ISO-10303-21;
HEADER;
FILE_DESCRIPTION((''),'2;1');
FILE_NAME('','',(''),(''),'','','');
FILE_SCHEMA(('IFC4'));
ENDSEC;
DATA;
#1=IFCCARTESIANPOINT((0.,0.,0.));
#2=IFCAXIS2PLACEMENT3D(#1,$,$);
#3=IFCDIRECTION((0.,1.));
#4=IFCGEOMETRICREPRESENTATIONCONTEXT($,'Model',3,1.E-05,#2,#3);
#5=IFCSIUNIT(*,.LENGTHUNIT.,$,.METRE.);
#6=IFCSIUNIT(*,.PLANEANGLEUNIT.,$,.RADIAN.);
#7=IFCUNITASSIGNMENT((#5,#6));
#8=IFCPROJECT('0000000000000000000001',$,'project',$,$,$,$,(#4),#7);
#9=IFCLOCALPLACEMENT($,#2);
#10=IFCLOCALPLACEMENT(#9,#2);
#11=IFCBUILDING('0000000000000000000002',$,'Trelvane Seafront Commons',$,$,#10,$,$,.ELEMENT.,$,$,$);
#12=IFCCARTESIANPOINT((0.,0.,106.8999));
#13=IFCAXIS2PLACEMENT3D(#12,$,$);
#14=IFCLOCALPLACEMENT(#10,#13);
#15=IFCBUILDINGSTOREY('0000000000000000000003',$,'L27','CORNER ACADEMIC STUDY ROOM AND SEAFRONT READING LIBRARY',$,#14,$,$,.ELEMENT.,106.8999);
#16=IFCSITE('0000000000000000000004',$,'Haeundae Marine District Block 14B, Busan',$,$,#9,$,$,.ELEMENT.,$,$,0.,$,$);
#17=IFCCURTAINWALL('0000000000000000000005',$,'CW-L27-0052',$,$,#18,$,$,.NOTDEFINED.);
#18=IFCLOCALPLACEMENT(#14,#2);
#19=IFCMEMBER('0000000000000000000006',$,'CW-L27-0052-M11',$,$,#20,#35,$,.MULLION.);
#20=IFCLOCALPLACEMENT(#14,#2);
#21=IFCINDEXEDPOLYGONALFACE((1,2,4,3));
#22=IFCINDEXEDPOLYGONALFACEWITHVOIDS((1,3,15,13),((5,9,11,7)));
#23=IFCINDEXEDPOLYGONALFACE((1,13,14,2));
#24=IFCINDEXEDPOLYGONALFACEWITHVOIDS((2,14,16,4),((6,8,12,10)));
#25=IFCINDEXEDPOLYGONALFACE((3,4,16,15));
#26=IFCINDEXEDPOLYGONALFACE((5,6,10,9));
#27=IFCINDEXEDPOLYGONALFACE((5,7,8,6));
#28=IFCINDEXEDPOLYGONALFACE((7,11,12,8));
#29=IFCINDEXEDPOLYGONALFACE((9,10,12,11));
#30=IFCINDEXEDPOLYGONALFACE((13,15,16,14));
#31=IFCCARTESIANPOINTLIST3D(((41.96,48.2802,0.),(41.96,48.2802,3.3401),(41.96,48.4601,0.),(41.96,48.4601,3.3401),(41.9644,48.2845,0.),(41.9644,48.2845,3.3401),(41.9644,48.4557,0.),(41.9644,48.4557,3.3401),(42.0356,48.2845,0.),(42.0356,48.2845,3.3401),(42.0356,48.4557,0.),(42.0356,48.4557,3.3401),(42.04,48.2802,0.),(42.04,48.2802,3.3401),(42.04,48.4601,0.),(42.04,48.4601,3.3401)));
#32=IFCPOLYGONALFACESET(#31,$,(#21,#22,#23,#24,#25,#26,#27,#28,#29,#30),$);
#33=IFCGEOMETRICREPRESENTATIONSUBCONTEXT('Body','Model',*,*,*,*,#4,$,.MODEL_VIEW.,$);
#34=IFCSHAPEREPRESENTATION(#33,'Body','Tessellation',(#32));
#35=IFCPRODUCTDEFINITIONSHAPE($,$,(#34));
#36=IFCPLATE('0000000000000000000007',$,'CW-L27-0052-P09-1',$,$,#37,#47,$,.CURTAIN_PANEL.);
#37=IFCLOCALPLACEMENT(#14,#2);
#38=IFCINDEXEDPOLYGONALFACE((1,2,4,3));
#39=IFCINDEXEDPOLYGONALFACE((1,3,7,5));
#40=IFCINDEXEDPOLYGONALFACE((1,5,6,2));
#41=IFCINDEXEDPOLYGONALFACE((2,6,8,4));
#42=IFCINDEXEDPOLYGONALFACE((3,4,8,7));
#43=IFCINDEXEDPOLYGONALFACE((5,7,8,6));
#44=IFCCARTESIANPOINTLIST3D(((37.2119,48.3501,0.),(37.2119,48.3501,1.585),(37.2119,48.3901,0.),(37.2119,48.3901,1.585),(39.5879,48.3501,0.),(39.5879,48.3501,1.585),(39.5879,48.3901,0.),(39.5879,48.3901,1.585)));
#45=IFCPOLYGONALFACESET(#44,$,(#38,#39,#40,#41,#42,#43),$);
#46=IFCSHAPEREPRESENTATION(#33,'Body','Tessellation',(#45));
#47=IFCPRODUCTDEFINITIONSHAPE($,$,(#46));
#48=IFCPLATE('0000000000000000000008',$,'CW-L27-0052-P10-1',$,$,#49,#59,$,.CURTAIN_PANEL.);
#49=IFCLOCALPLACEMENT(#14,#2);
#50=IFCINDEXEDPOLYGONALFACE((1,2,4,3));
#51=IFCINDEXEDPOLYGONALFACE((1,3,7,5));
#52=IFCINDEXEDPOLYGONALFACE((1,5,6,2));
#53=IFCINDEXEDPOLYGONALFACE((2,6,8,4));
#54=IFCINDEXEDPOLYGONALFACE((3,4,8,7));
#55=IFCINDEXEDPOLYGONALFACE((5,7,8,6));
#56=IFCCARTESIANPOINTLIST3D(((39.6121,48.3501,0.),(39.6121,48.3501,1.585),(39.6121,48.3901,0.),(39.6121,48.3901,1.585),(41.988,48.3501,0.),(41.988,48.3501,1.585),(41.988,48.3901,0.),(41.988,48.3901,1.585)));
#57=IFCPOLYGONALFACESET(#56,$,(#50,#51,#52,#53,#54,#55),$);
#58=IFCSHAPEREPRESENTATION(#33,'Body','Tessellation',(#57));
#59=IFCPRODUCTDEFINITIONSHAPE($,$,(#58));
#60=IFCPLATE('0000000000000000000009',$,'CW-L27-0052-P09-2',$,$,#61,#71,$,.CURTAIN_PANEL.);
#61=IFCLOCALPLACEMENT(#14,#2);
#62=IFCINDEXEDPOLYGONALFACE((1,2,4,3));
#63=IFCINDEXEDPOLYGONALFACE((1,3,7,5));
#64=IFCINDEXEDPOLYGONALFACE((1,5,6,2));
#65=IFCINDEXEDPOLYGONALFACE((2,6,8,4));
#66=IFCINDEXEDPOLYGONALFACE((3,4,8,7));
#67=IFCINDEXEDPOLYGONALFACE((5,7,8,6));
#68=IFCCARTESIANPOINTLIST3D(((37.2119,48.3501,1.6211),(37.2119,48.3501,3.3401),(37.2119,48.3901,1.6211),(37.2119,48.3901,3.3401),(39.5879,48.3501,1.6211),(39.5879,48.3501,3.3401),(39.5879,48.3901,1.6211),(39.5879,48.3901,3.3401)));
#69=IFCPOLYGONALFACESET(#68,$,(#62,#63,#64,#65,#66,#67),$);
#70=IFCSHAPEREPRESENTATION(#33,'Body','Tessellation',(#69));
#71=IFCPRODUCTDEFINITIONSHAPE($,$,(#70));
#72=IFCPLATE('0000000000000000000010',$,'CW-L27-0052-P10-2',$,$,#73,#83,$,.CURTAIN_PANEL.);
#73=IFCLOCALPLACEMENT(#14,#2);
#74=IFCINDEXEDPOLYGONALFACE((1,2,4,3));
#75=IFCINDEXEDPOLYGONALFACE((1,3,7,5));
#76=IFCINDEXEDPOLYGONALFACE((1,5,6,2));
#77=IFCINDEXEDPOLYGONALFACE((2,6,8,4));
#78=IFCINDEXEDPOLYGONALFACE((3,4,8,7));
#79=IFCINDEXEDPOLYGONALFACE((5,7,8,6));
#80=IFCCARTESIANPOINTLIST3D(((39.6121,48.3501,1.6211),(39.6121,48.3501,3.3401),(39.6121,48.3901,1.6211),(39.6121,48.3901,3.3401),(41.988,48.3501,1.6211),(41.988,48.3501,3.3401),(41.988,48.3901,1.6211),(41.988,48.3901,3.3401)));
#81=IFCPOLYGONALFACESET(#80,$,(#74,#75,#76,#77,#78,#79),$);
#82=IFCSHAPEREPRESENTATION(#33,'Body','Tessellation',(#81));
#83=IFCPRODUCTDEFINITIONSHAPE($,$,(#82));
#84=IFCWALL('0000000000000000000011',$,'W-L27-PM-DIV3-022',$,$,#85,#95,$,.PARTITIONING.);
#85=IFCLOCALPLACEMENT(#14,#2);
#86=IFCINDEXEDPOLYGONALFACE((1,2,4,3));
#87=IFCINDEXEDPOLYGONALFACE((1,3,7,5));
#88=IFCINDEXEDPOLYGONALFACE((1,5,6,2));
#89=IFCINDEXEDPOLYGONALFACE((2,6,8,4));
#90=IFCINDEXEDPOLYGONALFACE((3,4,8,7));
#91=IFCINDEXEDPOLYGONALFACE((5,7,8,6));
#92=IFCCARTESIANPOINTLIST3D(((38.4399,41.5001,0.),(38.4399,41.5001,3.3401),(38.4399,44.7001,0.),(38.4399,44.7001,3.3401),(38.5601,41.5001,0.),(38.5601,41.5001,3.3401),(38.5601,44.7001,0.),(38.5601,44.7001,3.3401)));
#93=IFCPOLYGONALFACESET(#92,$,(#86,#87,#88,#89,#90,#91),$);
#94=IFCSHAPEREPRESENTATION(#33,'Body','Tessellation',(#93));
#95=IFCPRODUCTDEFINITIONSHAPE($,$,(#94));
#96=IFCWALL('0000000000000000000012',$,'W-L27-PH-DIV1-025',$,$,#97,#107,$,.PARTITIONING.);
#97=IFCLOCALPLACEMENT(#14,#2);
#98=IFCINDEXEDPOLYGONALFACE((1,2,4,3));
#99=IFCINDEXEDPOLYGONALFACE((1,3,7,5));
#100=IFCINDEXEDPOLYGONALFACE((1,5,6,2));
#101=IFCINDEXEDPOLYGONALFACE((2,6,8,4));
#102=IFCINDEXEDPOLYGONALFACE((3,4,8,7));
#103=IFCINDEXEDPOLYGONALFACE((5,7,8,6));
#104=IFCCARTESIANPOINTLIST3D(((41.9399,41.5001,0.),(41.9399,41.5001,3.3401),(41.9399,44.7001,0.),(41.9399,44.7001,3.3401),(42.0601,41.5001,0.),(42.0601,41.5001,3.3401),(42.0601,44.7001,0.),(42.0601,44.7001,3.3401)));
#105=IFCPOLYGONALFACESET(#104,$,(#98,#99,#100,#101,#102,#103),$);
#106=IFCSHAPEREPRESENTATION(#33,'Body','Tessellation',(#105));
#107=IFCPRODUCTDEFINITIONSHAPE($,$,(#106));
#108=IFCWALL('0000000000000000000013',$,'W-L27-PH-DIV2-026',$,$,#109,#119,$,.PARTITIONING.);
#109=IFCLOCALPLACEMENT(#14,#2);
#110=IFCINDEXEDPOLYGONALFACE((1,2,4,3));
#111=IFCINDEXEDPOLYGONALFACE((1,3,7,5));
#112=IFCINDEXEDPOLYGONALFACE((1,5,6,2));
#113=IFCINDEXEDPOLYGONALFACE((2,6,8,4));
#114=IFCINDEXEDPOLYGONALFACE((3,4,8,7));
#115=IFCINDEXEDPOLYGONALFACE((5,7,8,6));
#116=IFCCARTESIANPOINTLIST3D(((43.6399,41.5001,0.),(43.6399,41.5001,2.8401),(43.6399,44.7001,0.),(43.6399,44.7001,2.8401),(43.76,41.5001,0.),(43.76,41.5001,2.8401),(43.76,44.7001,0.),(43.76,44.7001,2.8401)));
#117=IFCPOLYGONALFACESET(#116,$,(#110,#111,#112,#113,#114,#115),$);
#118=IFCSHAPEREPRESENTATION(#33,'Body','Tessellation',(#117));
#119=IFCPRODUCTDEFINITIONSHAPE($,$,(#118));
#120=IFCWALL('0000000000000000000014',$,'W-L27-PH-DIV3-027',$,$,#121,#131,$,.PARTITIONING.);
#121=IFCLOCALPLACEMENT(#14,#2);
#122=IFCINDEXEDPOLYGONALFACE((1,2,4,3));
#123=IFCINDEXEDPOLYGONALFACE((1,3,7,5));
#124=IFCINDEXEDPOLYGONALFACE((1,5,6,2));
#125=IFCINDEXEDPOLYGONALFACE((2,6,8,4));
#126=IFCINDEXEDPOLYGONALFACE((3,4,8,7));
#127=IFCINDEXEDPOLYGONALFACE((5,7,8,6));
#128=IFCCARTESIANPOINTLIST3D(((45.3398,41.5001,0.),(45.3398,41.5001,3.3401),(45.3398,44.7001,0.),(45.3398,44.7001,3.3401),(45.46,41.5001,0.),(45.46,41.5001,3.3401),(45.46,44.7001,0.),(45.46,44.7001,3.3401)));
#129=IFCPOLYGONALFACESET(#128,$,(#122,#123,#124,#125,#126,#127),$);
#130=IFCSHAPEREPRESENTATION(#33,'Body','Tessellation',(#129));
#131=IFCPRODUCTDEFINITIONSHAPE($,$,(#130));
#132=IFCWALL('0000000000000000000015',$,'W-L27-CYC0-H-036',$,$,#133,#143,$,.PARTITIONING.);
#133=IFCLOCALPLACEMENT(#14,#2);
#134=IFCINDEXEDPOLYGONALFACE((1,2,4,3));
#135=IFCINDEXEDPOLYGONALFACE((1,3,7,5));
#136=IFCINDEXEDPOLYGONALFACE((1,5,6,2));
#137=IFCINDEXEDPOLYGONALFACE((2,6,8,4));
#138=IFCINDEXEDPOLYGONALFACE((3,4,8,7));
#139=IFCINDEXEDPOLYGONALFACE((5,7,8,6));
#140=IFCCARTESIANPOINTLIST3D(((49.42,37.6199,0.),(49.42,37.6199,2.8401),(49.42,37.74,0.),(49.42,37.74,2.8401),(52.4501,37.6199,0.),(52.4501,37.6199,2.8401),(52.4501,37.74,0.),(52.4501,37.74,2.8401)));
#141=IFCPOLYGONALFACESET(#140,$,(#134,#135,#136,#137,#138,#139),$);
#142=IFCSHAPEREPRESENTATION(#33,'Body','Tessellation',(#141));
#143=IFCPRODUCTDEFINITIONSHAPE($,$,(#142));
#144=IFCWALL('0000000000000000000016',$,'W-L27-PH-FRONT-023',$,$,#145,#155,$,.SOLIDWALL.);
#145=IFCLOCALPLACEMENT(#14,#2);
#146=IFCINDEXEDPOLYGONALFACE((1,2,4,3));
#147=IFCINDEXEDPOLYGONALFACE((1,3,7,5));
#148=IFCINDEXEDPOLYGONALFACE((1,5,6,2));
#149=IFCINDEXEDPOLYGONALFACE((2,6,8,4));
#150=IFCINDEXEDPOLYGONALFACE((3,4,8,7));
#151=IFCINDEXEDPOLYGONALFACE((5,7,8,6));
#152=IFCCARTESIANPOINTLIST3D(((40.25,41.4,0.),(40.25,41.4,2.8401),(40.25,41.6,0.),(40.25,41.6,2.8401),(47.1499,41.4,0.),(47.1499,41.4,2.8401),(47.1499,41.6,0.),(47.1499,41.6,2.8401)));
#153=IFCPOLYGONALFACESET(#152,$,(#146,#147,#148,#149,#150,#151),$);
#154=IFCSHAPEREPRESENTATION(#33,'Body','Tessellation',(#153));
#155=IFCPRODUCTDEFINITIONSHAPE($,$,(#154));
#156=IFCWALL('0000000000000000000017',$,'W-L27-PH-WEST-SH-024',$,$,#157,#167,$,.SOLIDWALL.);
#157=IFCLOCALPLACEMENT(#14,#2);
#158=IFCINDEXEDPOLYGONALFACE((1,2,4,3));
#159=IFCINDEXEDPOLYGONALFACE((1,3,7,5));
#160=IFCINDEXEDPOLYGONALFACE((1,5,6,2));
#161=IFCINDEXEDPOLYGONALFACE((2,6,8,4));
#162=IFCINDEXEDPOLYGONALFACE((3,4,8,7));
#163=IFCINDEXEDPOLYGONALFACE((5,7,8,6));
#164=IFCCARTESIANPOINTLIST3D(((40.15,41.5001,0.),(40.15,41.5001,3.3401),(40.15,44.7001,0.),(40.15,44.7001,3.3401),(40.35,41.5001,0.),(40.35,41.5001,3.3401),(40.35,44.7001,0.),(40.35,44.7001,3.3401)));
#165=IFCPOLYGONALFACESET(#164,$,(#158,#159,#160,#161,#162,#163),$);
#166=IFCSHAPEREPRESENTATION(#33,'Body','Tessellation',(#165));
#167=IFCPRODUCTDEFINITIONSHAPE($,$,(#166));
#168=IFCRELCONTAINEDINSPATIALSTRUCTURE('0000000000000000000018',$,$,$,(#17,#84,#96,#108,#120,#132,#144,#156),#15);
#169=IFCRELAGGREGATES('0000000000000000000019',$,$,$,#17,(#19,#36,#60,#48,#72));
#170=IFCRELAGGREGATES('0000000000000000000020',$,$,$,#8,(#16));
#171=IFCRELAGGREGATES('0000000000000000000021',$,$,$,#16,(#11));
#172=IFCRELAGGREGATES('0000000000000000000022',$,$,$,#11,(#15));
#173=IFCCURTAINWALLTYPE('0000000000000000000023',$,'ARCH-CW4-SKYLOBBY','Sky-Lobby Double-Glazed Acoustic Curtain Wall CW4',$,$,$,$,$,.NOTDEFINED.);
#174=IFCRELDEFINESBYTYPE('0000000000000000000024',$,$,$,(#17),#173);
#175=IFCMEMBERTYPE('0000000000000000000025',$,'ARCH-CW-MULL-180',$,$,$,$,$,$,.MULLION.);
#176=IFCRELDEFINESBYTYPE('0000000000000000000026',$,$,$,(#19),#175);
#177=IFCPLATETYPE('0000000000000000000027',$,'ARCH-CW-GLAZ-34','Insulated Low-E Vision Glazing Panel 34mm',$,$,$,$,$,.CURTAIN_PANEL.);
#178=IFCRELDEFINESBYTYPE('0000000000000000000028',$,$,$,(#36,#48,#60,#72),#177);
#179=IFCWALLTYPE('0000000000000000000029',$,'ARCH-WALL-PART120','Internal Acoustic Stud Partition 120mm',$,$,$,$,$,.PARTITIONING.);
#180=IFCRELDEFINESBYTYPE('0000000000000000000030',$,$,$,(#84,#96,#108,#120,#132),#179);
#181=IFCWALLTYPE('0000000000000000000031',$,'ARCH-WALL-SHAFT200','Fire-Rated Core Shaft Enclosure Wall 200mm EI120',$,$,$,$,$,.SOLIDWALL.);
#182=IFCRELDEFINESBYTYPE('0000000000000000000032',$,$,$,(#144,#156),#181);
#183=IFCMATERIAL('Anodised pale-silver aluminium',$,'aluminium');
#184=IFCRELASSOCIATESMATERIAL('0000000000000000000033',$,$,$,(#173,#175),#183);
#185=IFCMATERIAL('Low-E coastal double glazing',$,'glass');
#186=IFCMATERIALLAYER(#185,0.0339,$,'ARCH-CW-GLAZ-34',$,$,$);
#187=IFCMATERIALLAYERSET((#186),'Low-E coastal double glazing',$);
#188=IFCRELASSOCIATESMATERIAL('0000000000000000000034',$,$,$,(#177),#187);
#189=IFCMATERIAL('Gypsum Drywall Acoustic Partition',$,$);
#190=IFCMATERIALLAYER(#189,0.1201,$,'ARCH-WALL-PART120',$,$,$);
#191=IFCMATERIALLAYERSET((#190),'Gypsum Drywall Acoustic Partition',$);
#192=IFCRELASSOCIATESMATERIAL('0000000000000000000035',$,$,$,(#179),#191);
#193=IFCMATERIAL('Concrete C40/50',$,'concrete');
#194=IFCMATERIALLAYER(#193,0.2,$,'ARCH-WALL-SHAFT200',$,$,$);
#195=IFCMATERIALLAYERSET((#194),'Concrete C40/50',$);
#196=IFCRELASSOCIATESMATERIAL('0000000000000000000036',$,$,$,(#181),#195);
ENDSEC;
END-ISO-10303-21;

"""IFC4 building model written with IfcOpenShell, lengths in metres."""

from ifc_helpers import new_model, si_unit, direction, frame, frame_2d, origin, origin_2d, place, context, subcontext, project, spatial, rectangle, hollow_rectangle, extrude, source, transform, mapped, material, layer, layer_set, material_profile, profile_set, type_object, element, aggregate, save


model = new_model("IFC4")

# Units and contexts
model_context = context("Model", 3, precision=1e-05, world=origin(), true_north=direction((0.0, 1.0)))
body_context = subcontext(model_context, "Body", "Model", "MODEL_VIEW")
ifc_project = project(units=[si_unit("LENGTHUNIT", "METRE"), si_unit("PLANEANGLEUNIT", "RADIAN")], contexts=[model_context])

# Site, building, storey
site_placement = place(None, origin())
site = spatial("IfcSite", under=ifc_project, at=site_placement, Name="Haeundae Marine District Block 14B, Busan", CompositionType="ELEMENT", RefElevation=0.0)
building_placement = place(site_placement, origin())
building = spatial("IfcBuilding", under=site, at=building_placement, Name="Trelvane Seafront Commons", CompositionType="ELEMENT")
storey_placement = place(building_placement, frame((0.0, 0.0, 106.8999)))
storey = spatial("IfcBuildingStorey", under=building, at=storey_placement, Name="L27", Description="CORNER ACADEMIC STUDY ROOM AND SEAFRONT READING LIBRARY", CompositionType="ELEMENT", Elevation=106.8999)

# Curtain wall, member, plates
ifc_material_1 = material(Name="Anodised pale-silver aluminium", Category="aluminium")
curtain_wall_type = type_object("IfcCurtainWallType", Name="ARCH-CW4-SKYLOBBY", Description="Sky-Lobby Double-Glazed Acoustic Curtain Wall CW4", PredefinedType="NOTDEFINED", material=ifc_material_1)
curtain_wall_placement = place(storey_placement, origin())
curtain_wall = element("IfcCurtainWall", 1, at=curtain_wall_placement, inside=storey, type_object=curtain_wall_type, Name="CW-L27-0052", PredefinedType="NOTDEFINED")
ifc_material_profile_1 = material_profile(ifc_material_1, hollow_rectangle(XDim=0.0801, YDim=0.1799, WallThickness=0.0044, at=origin_2d()), Name="MULL-80x180x4.5")
ifc_profile_set_1 = profile_set([ifc_material_profile_1], Name="Anodised pale-silver aluminium")
member_type_1 = type_object("IfcMemberType", Name="ARCH-CW-MULL-180", PredefinedType="MULLION", material=ifc_profile_set_1)
shared_shape_1 = source(origin(), body_context, "Body", "SweptSolid", [
    extrude(hollow_rectangle(XDim=0.0801, YDim=0.1799, WallThickness=0.0044, at=origin_2d()), origin(), (0.0, 0.0, 1.0), 3.3401),
])
member_1_placement = place(storey_placement, frame((42.0, 48.3701, 0.0), z_axis=(0.0, 0.0, 1.0), x_axis=(1.0, 0.0, 0.0)))
member_1 = element("IfcMember", 2, at=member_1_placement, type_object=member_type_1, Name="CW-L27-0052-M11", PredefinedType="MULLION", context=body_context, shape_type="MappedRepresentation", body=[
    mapped(shared_shape_1, transform((0.0, 0.0, 0.0), x_axis=(1.0, 0.0, 0.0), y_axis=(0.0, 1.0, 0.0), z_axis=(0.0, 0.0, 1.0), scale=1.0)),
])
ifc_material_2 = material(Name="Low-E coastal double glazing", Category="glass")
ifc_layer_1 = layer(ifc_material_2, 0.0339, Name="ARCH-CW-GLAZ-34")
ifc_layer_set_1 = layer_set([ifc_layer_1], Name="Low-E coastal double glazing")
plate_type = type_object("IfcPlateType", Name="ARCH-CW-GLAZ-34", Description="Insulated Low-E Vision Glazing Panel 34mm", PredefinedType="CURTAIN_PANEL", material=ifc_layer_set_1)
shared_shape_2 = source(origin(), body_context, "Body", "SweptSolid", [
    extrude(rectangle(XDim=2.376, YDim=0.04, at=origin_2d()), origin(), (0.0, 0.0, 1.0), 1.585),
])
plate_1_placement = place(storey_placement, frame((38.3999, 48.3701, 0.0), z_axis=(0.0, 0.0, 1.0), x_axis=(1.0, 0.0, 0.0)))
plate_1 = element("IfcPlate", 3, at=plate_1_placement, type_object=plate_type, Name="CW-L27-0052-P09-1", PredefinedType="CURTAIN_PANEL", context=body_context, shape_type="MappedRepresentation", body=[
    mapped(shared_shape_2, transform((0.0, 0.0, 0.0), x_axis=(1.0, 0.0, 0.0), y_axis=(0.0, 1.0, 0.0), z_axis=(0.0, 0.0, 1.0), scale=1.0)),
])
plate_2_placement = place(storey_placement, frame((40.8, 48.3701, 0.0), z_axis=(0.0, 0.0, 1.0), x_axis=(1.0, 0.0, 0.0)))
plate_2 = element("IfcPlate", 4, at=plate_2_placement, type_object=plate_type, Name="CW-L27-0052-P10-1", PredefinedType="CURTAIN_PANEL", context=body_context, shape_type="MappedRepresentation", body=[
    mapped(shared_shape_2, transform((0.0, 0.0, 0.0), x_axis=(1.0, 0.0, 0.0), y_axis=(0.0, 1.0, 0.0), z_axis=(0.0, 0.0, 1.0), scale=1.0)),
])
shared_shape_3 = source(origin(), body_context, "Body", "SweptSolid", [
    extrude(rectangle(XDim=2.376, YDim=0.04, at=origin_2d()), origin(), (0.0, 0.0, 1.0), 1.719),
])
plate_3_placement = place(storey_placement, frame((38.3999, 48.3701, 1.6211), z_axis=(0.0, 0.0, 1.0), x_axis=(1.0, 0.0, 0.0)))
plate_3 = element("IfcPlate", 5, at=plate_3_placement, type_object=plate_type, Name="CW-L27-0052-P09-2", PredefinedType="CURTAIN_PANEL", context=body_context, shape_type="MappedRepresentation", body=[
    mapped(shared_shape_3, transform((0.0, 0.0, 0.0), x_axis=(1.0, 0.0, 0.0), y_axis=(0.0, 1.0, 0.0), z_axis=(0.0, 0.0, 1.0), scale=1.0)),
])
plate_4_placement = place(storey_placement, frame((40.8, 48.3701, 1.6211), z_axis=(0.0, 0.0, 1.0), x_axis=(1.0, 0.0, 0.0)))
plate_4 = element("IfcPlate", 6, at=plate_4_placement, type_object=plate_type, Name="CW-L27-0052-P10-2", PredefinedType="CURTAIN_PANEL", context=body_context, shape_type="MappedRepresentation", body=[
    mapped(shared_shape_3, transform((0.0, 0.0, 0.0), x_axis=(1.0, 0.0, 0.0), y_axis=(0.0, 1.0, 0.0), z_axis=(0.0, 0.0, 1.0), scale=1.0)),
])
aggregate(curtain_wall, [member_1, plate_1, plate_3, plate_2, plate_4])

# Walls
ifc_material_3 = material(Name="Gypsum Drywall Acoustic Partition")
ifc_layer_2 = layer(ifc_material_3, 0.1201, Name="ARCH-WALL-PART120")
ifc_layer_set_2 = layer_set([ifc_layer_2], Name="Gypsum Drywall Acoustic Partition")
wall_type_1 = type_object("IfcWallType", Name="ARCH-WALL-PART120", Description="Internal Acoustic Stud Partition 120mm", PredefinedType="PARTITIONING", material=ifc_layer_set_2)
for number, where, z_axis, x_axis, name in (
    (7, (38.5, 41.5, 0.0), (0.0, 0.0, 1.0), (0.0, 1.0, 0.0), "W-L27-PM-DIV3-022"),
    (8, (42.0, 41.5, 0.0), (0.0, 0.0, 1.0), (0.0, 1.0, 0.0), "W-L27-PH-DIV1-025"),
):
    element("IfcWall", number, at=place(storey_placement, frame(where, z_axis=z_axis, x_axis=x_axis)), inside=storey, type_object=wall_type_1, Name=name, PredefinedType="PARTITIONING", context=body_context, shape_type="SweptSolid", body=[
        extrude(rectangle(XDim=3.2, YDim=0.1201, at=frame_2d((1.6001, 0.0))), origin(), (0.0, 0.0, 1.0), 3.3401),
    ])
wall_1_placement = place(storey_placement, frame((43.7, 41.5, 0.0), z_axis=(0.0, 0.0, 1.0), x_axis=(0.0, 1.0, 0.0)))
element("IfcWall", 9, at=wall_1_placement, inside=storey, type_object=wall_type_1, Name="W-L27-PH-DIV2-026", PredefinedType="PARTITIONING", context=body_context, shape_type="SweptSolid", body=[
    extrude(rectangle(XDim=3.2, YDim=0.1201, at=frame_2d((1.6001, 0.0))), origin(), (0.0, 0.0, 1.0), 2.8401),
])
wall_2_placement = place(storey_placement, frame((45.3999, 41.5, 0.0), z_axis=(0.0, 0.0, 1.0), x_axis=(0.0, 1.0, 0.0)))
element("IfcWall", 10, at=wall_2_placement, inside=storey, type_object=wall_type_1, Name="W-L27-PH-DIV3-027", PredefinedType="PARTITIONING", context=body_context, shape_type="SweptSolid", body=[
    extrude(rectangle(XDim=3.2, YDim=0.1201, at=frame_2d((1.6001, 0.0))), origin(), (0.0, 0.0, 1.0), 3.3401),
])
wall_3_placement = place(storey_placement, frame((49.4199, 37.6799, 0.0), z_axis=(0.0, 0.0, 1.0), x_axis=(1.0, 0.0, 0.0)))
element("IfcWall", 11, at=wall_3_placement, inside=storey, type_object=wall_type_1, Name="W-L27-CYC0-H-036", PredefinedType="PARTITIONING", context=body_context, shape_type="SweptSolid", body=[
    extrude(rectangle(XDim=3.03, YDim=0.1201, at=frame_2d((1.5151, 0.0))), origin(), (0.0, 0.0, 1.0), 2.8401),
])

# Walls
ifc_material_4 = material(Name="Concrete C40/50", Category="concrete")
ifc_layer_3 = layer(ifc_material_4, 0.2, Name="ARCH-WALL-SHAFT200")
ifc_layer_set_3 = layer_set([ifc_layer_3], Name="Concrete C40/50")
wall_type_2 = type_object("IfcWallType", Name="ARCH-WALL-SHAFT200", Description="Fire-Rated Core Shaft Enclosure Wall 200mm EI120", PredefinedType="SOLIDWALL", material=ifc_layer_set_3)
wall_4_placement = place(storey_placement, frame((40.25, 41.5, 0.0), z_axis=(0.0, 0.0, 1.0), x_axis=(1.0, 0.0, 0.0)))
element("IfcWall", 12, at=wall_4_placement, inside=storey, type_object=wall_type_2, Name="W-L27-PH-FRONT-023", PredefinedType="SOLIDWALL", context=body_context, shape_type="SweptSolid", body=[
    extrude(rectangle(XDim=6.8999, YDim=0.2, at=frame_2d((3.45, 0.0))), origin(), (0.0, 0.0, 1.0), 2.8401),
])
wall_5_placement = place(storey_placement, frame((40.25, 41.5, 0.0), z_axis=(0.0, 0.0, 1.0), x_axis=(0.0, 1.0, 0.0)))
element("IfcWall", 13, at=wall_5_placement, inside=storey, type_object=wall_type_2, Name="W-L27-PH-WEST-SH-024", PredefinedType="SOLIDWALL", context=body_context, shape_type="SweptSolid", body=[
    extrude(rectangle(XDim=3.2, YDim=0.2, at=frame_2d((1.6001, 0.0))), origin(), (0.0, 0.0, 1.0), 3.3401),
])

save(model, "model.ifc")
